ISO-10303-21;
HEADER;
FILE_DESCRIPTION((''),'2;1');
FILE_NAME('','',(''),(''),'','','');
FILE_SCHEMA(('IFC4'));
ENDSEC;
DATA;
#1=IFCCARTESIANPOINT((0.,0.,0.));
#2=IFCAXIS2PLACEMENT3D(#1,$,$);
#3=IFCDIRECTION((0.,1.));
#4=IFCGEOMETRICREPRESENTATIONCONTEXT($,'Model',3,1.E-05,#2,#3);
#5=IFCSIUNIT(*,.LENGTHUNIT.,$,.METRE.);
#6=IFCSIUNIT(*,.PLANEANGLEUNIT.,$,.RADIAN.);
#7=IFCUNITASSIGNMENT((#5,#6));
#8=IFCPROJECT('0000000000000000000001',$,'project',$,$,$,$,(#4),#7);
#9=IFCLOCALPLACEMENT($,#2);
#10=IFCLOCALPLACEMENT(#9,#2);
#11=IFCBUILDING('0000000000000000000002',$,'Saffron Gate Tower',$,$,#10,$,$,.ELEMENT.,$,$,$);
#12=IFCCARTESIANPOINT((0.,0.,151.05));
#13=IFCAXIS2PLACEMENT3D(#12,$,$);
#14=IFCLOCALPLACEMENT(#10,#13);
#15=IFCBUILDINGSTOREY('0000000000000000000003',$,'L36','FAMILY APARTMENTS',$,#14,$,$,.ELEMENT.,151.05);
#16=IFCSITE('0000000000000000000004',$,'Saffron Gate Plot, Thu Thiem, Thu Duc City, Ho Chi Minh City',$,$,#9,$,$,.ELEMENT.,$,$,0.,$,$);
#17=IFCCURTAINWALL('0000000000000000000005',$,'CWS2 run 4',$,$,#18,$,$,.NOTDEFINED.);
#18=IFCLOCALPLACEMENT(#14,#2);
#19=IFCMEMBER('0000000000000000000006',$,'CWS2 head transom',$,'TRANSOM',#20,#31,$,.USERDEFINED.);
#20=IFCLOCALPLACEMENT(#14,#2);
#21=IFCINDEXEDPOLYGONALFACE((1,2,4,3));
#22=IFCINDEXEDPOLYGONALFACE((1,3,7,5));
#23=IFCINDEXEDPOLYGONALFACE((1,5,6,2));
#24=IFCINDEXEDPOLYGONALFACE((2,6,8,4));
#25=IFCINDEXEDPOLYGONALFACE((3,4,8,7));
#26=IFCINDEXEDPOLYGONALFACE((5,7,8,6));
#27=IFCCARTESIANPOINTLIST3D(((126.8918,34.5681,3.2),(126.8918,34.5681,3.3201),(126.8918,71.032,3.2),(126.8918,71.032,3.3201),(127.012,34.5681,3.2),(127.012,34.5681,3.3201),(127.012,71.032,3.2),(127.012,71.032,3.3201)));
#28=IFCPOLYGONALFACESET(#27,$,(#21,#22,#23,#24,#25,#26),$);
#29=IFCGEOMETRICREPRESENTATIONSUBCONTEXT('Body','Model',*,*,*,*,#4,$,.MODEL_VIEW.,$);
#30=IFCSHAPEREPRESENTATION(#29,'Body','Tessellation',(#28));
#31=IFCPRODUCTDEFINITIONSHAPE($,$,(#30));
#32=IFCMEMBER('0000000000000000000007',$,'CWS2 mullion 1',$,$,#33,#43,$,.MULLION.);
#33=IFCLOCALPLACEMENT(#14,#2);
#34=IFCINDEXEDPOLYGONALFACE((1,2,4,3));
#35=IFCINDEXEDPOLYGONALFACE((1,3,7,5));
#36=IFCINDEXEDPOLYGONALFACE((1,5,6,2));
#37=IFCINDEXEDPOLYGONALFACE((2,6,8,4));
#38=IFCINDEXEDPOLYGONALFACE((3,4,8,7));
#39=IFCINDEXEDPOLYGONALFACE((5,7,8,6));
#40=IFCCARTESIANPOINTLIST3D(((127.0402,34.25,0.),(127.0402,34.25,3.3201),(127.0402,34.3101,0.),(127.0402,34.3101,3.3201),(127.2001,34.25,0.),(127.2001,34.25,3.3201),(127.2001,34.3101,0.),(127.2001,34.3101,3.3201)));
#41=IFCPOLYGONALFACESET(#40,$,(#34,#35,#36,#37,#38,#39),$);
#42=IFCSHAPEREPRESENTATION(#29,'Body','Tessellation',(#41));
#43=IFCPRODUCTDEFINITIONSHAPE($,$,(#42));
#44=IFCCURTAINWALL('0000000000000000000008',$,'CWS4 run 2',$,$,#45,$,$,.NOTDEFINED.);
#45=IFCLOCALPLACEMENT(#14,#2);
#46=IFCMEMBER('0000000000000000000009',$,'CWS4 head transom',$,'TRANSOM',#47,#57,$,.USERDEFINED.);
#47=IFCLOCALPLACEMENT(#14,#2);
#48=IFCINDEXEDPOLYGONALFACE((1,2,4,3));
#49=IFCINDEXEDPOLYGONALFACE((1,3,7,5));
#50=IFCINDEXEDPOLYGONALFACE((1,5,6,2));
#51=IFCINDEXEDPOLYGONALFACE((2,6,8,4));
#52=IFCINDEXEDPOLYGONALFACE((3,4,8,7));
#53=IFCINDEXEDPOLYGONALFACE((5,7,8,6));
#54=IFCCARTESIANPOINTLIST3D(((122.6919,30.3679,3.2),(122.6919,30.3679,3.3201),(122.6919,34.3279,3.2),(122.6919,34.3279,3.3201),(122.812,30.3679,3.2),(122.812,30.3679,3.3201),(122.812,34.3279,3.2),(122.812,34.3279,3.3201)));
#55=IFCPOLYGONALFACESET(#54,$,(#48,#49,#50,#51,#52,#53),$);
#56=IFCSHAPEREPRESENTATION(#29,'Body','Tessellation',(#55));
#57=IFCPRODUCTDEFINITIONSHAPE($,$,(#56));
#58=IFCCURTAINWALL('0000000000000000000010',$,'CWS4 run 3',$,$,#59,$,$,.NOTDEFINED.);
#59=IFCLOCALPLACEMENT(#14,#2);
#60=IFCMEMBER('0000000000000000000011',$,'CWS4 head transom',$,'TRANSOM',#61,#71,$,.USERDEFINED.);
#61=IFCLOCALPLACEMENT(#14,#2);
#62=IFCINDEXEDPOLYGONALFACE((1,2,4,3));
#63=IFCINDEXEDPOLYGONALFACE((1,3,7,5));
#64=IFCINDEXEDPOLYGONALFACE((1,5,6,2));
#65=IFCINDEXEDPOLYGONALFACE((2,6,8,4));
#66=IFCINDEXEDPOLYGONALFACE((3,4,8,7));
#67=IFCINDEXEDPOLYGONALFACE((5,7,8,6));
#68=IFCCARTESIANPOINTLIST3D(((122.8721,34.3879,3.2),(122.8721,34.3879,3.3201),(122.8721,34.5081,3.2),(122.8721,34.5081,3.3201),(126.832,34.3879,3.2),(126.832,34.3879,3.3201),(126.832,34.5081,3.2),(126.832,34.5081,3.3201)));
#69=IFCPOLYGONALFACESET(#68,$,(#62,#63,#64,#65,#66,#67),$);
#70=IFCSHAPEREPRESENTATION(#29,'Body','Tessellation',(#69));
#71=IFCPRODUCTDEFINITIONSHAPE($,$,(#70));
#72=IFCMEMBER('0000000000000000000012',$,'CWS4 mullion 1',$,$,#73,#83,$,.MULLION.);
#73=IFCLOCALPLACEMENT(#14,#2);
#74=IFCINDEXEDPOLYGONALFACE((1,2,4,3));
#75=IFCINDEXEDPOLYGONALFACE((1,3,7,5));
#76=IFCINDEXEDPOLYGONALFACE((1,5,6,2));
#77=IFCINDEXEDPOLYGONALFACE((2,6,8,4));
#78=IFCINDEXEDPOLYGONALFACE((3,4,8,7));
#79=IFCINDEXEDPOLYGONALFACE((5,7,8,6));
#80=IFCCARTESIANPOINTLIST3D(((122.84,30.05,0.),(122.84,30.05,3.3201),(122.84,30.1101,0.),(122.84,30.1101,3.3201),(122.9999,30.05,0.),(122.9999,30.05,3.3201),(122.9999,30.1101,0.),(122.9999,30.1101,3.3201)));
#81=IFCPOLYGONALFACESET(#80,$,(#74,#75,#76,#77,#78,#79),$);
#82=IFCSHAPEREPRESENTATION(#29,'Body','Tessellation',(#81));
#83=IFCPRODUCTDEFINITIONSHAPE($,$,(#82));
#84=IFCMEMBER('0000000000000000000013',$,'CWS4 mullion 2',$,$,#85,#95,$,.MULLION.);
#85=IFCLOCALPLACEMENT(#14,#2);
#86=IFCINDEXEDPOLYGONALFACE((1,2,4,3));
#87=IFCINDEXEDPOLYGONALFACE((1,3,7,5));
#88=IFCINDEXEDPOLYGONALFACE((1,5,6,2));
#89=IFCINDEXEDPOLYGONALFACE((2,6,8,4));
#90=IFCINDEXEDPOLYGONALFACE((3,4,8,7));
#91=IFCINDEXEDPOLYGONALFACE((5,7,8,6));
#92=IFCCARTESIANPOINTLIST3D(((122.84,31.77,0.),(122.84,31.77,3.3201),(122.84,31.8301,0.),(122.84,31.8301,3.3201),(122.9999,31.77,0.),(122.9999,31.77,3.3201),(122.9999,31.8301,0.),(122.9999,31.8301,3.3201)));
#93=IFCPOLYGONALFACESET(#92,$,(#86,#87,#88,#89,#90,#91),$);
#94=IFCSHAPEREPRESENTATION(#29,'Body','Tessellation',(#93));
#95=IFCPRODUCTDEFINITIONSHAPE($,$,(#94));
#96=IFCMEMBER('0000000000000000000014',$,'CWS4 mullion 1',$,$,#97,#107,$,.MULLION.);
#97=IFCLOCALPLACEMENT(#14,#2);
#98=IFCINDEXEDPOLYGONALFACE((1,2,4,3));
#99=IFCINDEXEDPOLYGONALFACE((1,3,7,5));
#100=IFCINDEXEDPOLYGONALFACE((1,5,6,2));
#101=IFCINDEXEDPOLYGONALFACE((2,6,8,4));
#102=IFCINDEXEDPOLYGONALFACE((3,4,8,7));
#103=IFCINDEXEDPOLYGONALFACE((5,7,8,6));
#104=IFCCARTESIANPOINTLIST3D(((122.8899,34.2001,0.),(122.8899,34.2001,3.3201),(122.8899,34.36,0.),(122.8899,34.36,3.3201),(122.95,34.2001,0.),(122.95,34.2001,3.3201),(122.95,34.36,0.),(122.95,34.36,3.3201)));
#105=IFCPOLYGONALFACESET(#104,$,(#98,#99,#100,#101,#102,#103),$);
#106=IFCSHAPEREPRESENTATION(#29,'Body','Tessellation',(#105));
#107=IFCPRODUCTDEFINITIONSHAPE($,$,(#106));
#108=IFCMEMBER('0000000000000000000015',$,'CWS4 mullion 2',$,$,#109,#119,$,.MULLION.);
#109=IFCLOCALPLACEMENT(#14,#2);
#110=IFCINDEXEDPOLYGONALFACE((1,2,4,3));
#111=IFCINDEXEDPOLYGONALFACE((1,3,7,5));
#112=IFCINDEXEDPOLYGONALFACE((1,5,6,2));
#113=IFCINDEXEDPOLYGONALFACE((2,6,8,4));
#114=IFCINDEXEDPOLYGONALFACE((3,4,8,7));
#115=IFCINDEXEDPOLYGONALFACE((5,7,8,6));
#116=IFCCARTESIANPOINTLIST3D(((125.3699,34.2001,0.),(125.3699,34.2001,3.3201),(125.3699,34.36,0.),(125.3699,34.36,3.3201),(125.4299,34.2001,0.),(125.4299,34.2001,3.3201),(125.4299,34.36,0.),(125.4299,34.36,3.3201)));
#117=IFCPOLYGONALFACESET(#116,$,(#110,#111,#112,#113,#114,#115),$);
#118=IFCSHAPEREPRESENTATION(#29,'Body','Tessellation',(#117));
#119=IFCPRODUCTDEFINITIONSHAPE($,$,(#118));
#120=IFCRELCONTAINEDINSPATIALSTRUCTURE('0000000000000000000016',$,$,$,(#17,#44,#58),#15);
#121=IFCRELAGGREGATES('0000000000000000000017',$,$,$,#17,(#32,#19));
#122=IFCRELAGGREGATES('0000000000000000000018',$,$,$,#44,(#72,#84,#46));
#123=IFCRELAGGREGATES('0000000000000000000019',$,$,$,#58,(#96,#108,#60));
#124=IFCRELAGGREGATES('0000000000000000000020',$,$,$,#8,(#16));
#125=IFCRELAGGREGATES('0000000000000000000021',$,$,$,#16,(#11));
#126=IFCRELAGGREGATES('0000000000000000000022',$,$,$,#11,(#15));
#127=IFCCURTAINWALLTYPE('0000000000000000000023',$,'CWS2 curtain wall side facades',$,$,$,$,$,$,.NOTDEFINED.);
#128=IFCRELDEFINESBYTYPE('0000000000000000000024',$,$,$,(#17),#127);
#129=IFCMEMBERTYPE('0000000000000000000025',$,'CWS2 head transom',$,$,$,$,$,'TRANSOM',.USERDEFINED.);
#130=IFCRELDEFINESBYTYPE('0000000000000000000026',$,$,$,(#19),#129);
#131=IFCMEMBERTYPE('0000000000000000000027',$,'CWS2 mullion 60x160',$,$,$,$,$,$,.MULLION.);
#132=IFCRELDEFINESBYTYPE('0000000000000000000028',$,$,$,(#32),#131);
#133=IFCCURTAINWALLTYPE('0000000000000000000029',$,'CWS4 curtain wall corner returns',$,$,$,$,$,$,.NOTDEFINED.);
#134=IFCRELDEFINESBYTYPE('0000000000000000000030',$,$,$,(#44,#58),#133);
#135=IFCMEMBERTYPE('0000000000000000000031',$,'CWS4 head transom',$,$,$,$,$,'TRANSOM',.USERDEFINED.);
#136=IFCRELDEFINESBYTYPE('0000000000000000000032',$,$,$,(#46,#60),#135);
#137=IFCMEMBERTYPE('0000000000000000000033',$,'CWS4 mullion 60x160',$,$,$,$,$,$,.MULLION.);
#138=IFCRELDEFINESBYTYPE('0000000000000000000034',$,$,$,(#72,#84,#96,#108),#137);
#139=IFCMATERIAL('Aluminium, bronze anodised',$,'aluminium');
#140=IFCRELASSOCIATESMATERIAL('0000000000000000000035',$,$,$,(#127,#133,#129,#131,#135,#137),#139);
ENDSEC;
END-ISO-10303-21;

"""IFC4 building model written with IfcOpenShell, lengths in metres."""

from ifc_helpers import new_model, si_unit, direction, frame, origin, origin_2d, place, context, subcontext, project, spatial, rectangle, extrude, material, material_profile, profile_set, type_object, element, aggregate, save


model = new_model("IFC4")

# Units and contexts
model_context = context("Model", 3, precision=1e-05, world=origin(), true_north=direction((0.0, 1.0)))
body_context = subcontext(model_context, "Body", "Model", "MODEL_VIEW")
ifc_project = project(units=[si_unit("LENGTHUNIT", "METRE"), si_unit("PLANEANGLEUNIT", "RADIAN")], contexts=[model_context])

# Site, building, storey
site_placement = place(None, origin())
site = spatial("IfcSite", under=ifc_project, at=site_placement, Name="Saffron Gate Plot, Thu Thiem, Thu Duc City, Ho Chi Minh City", CompositionType="ELEMENT", RefElevation=0.0)
building_placement = place(site_placement, origin())
building = spatial("IfcBuilding", under=site, at=building_placement, Name="Saffron Gate Tower", CompositionType="ELEMENT")
storey_placement = place(building_placement, frame((0.0, 0.0, 151.05)))
storey = spatial("IfcBuildingStorey", under=building, at=storey_placement, Name="L36", Description="FAMILY APARTMENTS", CompositionType="ELEMENT", Elevation=151.05)

# Curtain wall, members
ifc_material_1 = material(Name="Aluminium, bronze anodised", Category="aluminium")
curtain_wall_type_1 = type_object("IfcCurtainWallType", Name="CWS2 curtain wall side facades", PredefinedType="NOTDEFINED", material=ifc_material_1)
curtain_wall_1_placement = place(storey_placement, origin())
curtain_wall_1 = element("IfcCurtainWall", 1, at=curtain_wall_1_placement, inside=storey, type_object=curtain_wall_type_1, Name="CWS2 run 4", PredefinedType="NOTDEFINED")
ifc_material_profile_1 = material_profile(ifc_material_1, rectangle(XDim=0.1201, YDim=0.1201, at=origin_2d()))
ifc_profile_set_1 = profile_set([ifc_material_profile_1], Name="Aluminium, bronze anodised")
member_type_1 = type_object("IfcMemberType", Name="CWS2 head transom", ElementType="TRANSOM", PredefinedType="USERDEFINED", material=ifc_profile_set_1)
member_1_placement = place(storey_placement, frame((126.9519, 34.5681, 3.26), z_axis=(0.0, 1.0, 0.0), x_axis=(-1.0, 0.0, 0.0)))
member_1 = element("IfcMember", 2, at=member_1_placement, type_object=member_type_1, Name="CWS2 head transom", ObjectType="TRANSOM", PredefinedType="USERDEFINED", context=body_context, shape_type="SweptSolid", body=[
    extrude(rectangle(XDim=0.1201, YDim=0.1201, at=origin_2d()), origin(), (0.0, 0.0, 1.0), 36.4639),
])
ifc_material_profile_2 = material_profile(ifc_material_1, rectangle(XDim=0.1599, YDim=0.0601, at=origin_2d()))
ifc_profile_set_2 = profile_set([ifc_material_profile_2], Name="Aluminium, bronze anodised")
member_type_2 = type_object("IfcMemberType", Name="CWS2 mullion 60x160", PredefinedType="MULLION", material=ifc_profile_set_2)
member_2_placement = place(storey_placement, frame((127.1201, 34.28, 0.0), z_axis=(0.0, 0.0, 1.0), x_axis=(-1.0, 0.0, 0.0)))
member_2 = element("IfcMember", 3, at=member_2_placement, type_object=member_type_2, Name="CWS2 mullion 1", PredefinedType="MULLION", context=body_context, shape_type="SweptSolid", body=[
    extrude(rectangle(XDim=0.1599, YDim=0.0601, at=origin_2d()), origin(), (0.0, 0.0, 1.0), 3.3201),
])

# Curtain walls, members
curtain_wall_type_2 = type_object("IfcCurtainWallType", Name="CWS4 curtain wall corner returns", PredefinedType="NOTDEFINED", material=ifc_material_1)
curtain_wall_2_placement = place(storey_placement, origin())
curtain_wall_2 = element("IfcCurtainWall", 4, at=curtain_wall_2_placement, inside=storey, type_object=curtain_wall_type_2, Name="CWS4 run 2", PredefinedType="NOTDEFINED")
ifc_material_profile_3 = material_profile(ifc_material_1, rectangle(XDim=0.1201, YDim=0.1201, at=origin_2d()))
ifc_profile_set_3 = profile_set([ifc_material_profile_3], Name="Aluminium, bronze anodised")
member_type_3 = type_object("IfcMemberType", Name="CWS4 head transom", ElementType="TRANSOM", PredefinedType="USERDEFINED", material=ifc_profile_set_3)
member_3_placement = place(storey_placement, frame((122.752, 30.3679, 3.26), z_axis=(0.0, 1.0, 0.0), x_axis=(-1.0, 0.0, 0.0)))
member_3 = element("IfcMember", 5, at=member_3_placement, type_object=member_type_3, Name="CWS4 head transom", ObjectType="TRANSOM", PredefinedType="USERDEFINED", context=body_context, shape_type="SweptSolid", body=[
    extrude(rectangle(XDim=0.1201, YDim=0.1201, at=origin_2d()), origin(), (0.0, 0.0, 1.0), 3.96),
])
curtain_wall_3_placement = place(storey_placement, origin())
curtain_wall_3 = element("IfcCurtainWall", 6, at=curtain_wall_3_placement, inside=storey, type_object=curtain_wall_type_2, Name="CWS4 run 3", PredefinedType="NOTDEFINED")
member_4_placement = place(storey_placement, frame((122.8721, 34.448, 3.26), z_axis=(1.0, 0.0, 0.0), x_axis=(0.0, 1.0, 0.0)))
member_4 = element("IfcMember", 7, at=member_4_placement, type_object=member_type_3, Name="CWS4 head transom", ObjectType="TRANSOM", PredefinedType="USERDEFINED", context=body_context, shape_type="SweptSolid", body=[
    extrude(rectangle(XDim=0.1201, YDim=0.1201, at=origin_2d()), origin(), (0.0, 0.0, 1.0), 3.96),
])

# Members
ifc_material_profile_4 = material_profile(ifc_material_1, rectangle(XDim=0.1599, YDim=0.0601, at=origin_2d()))
ifc_profile_set_4 = profile_set([ifc_material_profile_4], Name="Aluminium, bronze anodised")
member_type_4 = type_object("IfcMemberType", Name="CWS4 mullion 60x160", PredefinedType="MULLION", material=ifc_profile_set_4)
member_5_placement = place(storey_placement, frame((122.9199, 30.0801, 0.0), z_axis=(0.0, 0.0, 1.0), x_axis=(-1.0, 0.0, 0.0)))
member_5 = element("IfcMember", 8, at=member_5_placement, type_object=member_type_4, Name="CWS4 mullion 1", PredefinedType="MULLION", context=body_context, shape_type="SweptSolid", body=[
    extrude(rectangle(XDim=0.1599, YDim=0.0601, at=origin_2d()), origin(), (0.0, 0.0, 1.0), 3.3201),
])
member_6_placement = place(storey_placement, frame((122.9199, 31.8, 0.0), z_axis=(0.0, 0.0, 1.0), x_axis=(-1.0, 0.0, 0.0)))
member_6 = element("IfcMember", 9, at=member_6_placement, type_object=member_type_4, Name="CWS4 mullion 2", PredefinedType="MULLION", context=body_context, shape_type="SweptSolid", body=[
    extrude(rectangle(XDim=0.1599, YDim=0.0601, at=origin_2d()), origin(), (0.0, 0.0, 1.0), 3.3201),
])
member_7_placement = place(storey_placement, frame((122.9199, 34.28, 0.0), z_axis=(0.0, 0.0, 1.0), x_axis=(0.0, 1.0, 0.0)))
member_7 = element("IfcMember", 10, at=member_7_placement, type_object=member_type_4, Name="CWS4 mullion 1", PredefinedType="MULLION", context=body_context, shape_type="SweptSolid", body=[
    extrude(rectangle(XDim=0.1599, YDim=0.0601, at=origin_2d()), origin(), (0.0, 0.0, 1.0), 3.3201),
])
member_8_placement = place(storey_placement, frame((125.3999, 34.28, 0.0), z_axis=(0.0, 0.0, 1.0), x_axis=(0.0, 1.0, 0.0)))
member_8 = element("IfcMember", 11, at=member_8_placement, type_object=member_type_4, Name="CWS4 mullion 2", PredefinedType="MULLION", context=body_context, shape_type="SweptSolid", body=[
    extrude(rectangle(XDim=0.1599, YDim=0.0601, at=origin_2d()), origin(), (0.0, 0.0, 1.0), 3.3201),
])

aggregate(curtain_wall_1, [member_2, member_1])

aggregate(curtain_wall_2, [member_5, member_6, member_3])
aggregate(curtain_wall_3, [member_7, member_8, member_4])

save(model, "model.ifc")
